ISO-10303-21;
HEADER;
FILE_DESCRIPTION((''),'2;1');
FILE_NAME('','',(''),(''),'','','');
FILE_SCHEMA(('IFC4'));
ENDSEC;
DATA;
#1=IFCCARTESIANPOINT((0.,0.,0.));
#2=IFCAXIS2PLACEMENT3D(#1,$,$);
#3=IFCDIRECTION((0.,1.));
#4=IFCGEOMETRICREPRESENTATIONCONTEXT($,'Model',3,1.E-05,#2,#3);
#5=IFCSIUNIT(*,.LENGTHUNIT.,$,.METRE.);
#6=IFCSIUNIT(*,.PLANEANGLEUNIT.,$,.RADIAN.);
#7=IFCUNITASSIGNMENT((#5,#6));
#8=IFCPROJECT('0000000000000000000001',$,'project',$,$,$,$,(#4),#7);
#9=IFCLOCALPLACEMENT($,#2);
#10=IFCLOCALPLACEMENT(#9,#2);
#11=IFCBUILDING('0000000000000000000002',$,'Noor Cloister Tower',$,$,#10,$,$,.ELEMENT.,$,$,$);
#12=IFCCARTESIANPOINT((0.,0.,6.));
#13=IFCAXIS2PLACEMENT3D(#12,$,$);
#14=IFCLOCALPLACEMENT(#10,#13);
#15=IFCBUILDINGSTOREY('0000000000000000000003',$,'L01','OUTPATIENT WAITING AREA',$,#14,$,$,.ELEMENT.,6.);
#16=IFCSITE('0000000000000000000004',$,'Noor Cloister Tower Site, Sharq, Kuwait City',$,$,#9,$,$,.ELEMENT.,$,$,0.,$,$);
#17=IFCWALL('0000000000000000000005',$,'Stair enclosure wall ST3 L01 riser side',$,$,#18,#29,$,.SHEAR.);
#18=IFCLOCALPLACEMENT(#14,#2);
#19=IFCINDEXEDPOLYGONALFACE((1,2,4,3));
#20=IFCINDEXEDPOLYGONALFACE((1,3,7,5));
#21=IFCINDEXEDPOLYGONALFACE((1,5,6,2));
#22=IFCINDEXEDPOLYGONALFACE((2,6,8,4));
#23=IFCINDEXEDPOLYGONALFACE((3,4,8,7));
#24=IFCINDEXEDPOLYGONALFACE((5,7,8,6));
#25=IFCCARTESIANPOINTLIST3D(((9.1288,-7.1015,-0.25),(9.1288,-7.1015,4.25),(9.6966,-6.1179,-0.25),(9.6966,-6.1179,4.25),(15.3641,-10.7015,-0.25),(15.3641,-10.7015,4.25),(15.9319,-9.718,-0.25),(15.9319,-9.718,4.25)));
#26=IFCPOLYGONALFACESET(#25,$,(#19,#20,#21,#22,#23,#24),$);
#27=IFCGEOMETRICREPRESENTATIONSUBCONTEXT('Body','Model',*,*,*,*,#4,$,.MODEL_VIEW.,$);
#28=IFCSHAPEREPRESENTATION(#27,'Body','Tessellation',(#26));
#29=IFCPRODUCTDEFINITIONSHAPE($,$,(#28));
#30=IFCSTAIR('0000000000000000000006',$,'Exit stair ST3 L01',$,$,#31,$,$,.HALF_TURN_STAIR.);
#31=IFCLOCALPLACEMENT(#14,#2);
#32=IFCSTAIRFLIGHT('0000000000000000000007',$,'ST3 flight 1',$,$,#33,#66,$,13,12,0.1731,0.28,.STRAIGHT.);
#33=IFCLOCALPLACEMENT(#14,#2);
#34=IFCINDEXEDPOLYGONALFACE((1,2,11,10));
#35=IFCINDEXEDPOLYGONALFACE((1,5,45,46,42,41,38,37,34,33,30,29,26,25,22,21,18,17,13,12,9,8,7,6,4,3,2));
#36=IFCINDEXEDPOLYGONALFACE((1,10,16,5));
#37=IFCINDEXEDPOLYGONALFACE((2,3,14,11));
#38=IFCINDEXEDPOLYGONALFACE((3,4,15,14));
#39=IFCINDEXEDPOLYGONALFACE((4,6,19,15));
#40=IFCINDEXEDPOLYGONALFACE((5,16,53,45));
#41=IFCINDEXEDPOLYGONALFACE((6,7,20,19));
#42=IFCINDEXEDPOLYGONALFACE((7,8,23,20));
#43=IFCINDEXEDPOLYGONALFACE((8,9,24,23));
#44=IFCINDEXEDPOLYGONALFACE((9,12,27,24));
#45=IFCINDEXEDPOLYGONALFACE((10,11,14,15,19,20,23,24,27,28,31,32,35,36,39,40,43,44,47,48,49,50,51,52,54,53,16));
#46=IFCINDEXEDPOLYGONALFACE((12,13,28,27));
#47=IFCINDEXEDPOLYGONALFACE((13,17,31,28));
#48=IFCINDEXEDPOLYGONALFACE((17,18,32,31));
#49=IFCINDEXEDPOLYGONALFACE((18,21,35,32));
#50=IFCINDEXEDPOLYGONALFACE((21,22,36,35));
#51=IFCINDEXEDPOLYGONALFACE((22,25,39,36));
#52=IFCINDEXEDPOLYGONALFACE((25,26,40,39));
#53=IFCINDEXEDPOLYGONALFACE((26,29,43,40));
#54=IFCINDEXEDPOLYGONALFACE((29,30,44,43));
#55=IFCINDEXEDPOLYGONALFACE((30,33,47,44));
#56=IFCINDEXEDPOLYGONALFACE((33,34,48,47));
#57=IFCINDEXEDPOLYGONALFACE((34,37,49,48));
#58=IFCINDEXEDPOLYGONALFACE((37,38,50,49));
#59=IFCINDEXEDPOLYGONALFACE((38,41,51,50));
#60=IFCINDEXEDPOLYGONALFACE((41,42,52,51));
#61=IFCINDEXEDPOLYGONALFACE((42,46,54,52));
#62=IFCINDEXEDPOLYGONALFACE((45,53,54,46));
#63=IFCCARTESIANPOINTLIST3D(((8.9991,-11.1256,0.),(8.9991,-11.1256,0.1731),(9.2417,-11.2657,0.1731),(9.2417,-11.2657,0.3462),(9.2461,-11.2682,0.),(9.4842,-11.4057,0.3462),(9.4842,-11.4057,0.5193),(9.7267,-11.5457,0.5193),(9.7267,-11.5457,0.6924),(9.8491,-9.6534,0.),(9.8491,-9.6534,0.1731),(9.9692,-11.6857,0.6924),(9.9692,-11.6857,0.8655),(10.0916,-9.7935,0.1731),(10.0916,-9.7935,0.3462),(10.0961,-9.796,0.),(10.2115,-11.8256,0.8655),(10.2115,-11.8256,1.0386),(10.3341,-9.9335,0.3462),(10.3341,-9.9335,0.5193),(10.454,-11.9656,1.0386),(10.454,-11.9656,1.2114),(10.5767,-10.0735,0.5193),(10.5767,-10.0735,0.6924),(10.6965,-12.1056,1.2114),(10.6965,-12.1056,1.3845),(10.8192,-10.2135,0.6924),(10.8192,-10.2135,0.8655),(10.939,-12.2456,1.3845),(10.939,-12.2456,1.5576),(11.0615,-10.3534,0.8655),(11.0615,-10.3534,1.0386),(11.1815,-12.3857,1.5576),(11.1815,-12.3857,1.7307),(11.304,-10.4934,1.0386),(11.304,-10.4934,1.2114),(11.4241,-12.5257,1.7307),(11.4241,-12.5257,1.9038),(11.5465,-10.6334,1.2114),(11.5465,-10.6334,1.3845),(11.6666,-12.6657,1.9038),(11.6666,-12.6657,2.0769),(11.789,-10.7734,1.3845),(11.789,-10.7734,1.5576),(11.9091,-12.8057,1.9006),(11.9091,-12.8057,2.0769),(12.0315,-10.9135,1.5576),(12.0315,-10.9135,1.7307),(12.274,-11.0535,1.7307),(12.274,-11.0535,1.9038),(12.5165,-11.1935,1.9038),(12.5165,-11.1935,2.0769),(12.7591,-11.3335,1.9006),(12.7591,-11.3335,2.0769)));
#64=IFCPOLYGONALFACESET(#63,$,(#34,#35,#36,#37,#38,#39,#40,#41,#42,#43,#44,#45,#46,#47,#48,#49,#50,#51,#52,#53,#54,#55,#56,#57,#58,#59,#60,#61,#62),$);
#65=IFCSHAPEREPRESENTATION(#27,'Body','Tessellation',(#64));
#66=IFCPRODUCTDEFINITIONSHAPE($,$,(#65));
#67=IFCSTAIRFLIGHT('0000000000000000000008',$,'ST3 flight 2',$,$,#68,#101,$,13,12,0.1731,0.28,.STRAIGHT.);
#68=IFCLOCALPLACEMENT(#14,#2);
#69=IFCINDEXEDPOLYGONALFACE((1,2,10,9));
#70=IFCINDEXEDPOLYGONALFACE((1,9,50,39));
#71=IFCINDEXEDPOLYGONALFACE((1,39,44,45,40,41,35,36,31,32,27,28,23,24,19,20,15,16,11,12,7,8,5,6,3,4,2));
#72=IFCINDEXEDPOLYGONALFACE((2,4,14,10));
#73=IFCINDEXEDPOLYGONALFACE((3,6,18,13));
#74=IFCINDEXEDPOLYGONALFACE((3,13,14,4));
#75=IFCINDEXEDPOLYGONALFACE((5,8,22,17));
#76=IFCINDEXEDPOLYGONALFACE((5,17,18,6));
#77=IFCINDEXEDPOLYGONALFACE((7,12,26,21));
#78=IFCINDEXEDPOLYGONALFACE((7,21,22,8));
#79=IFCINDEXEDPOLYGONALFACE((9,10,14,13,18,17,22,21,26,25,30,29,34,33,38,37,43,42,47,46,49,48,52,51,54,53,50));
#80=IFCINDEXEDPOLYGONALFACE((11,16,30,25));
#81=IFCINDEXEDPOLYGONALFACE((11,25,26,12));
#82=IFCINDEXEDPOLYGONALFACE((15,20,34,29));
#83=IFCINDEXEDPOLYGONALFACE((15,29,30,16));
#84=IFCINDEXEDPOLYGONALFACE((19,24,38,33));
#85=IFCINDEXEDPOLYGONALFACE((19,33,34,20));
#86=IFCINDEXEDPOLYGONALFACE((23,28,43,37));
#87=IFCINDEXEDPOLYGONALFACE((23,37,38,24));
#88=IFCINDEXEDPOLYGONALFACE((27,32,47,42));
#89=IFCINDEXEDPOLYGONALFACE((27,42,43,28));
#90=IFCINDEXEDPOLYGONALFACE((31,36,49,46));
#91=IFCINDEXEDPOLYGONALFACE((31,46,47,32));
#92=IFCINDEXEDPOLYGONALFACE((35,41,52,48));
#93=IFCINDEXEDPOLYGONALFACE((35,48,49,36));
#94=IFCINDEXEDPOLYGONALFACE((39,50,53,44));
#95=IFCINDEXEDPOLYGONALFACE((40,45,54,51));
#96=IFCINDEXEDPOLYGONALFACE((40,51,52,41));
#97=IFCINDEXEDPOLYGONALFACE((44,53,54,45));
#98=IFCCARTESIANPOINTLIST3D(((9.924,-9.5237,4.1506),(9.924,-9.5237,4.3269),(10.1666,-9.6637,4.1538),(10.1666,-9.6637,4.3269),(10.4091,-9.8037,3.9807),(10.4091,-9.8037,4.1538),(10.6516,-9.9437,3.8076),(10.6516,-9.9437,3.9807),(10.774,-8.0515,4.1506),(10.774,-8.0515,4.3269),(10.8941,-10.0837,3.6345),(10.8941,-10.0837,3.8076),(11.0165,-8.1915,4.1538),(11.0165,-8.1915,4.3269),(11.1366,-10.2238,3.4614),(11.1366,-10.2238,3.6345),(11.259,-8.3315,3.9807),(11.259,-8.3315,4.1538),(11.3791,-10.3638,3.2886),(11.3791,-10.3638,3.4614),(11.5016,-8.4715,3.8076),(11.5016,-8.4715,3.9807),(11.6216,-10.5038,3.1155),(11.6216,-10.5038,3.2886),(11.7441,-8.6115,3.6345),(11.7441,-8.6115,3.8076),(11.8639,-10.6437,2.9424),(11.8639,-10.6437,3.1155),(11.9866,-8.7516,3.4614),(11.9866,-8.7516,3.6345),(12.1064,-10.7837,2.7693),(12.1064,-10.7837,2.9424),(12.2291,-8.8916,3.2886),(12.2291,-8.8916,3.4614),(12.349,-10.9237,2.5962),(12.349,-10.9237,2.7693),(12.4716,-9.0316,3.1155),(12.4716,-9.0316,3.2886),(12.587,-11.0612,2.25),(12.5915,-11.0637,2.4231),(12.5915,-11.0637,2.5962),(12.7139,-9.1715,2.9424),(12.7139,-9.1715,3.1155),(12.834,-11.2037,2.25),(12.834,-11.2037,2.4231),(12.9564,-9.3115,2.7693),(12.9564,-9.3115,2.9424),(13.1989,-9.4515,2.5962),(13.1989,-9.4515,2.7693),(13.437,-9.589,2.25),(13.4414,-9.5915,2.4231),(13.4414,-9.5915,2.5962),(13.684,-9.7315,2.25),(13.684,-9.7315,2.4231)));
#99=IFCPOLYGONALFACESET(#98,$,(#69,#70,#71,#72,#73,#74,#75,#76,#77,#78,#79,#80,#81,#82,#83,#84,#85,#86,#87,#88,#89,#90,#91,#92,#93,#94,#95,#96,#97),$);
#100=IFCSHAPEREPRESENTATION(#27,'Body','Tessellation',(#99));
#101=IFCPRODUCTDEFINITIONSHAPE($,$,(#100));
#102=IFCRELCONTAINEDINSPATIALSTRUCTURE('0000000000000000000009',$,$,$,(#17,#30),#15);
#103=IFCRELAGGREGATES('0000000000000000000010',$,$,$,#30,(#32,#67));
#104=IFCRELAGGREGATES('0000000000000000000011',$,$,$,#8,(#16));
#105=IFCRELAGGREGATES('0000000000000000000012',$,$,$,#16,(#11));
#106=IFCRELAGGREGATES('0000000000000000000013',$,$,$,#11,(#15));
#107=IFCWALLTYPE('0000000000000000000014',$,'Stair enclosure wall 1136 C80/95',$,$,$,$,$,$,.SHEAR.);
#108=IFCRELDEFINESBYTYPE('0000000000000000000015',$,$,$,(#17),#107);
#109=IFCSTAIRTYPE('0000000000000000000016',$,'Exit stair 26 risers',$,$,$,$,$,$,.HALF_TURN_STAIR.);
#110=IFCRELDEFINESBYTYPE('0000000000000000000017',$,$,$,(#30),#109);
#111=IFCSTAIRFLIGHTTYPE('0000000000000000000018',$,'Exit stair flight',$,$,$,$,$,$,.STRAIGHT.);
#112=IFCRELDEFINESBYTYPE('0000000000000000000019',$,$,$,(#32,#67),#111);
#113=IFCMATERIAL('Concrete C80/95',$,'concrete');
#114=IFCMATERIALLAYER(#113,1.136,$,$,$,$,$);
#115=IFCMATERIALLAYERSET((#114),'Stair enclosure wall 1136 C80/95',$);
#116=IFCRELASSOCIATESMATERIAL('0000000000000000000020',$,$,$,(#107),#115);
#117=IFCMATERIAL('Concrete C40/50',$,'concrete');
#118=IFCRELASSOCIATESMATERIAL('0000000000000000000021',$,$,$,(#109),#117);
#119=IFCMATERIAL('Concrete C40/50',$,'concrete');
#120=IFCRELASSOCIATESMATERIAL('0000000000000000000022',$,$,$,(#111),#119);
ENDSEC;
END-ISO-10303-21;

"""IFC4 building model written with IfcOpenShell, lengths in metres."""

from ifc_helpers import new_model, si_unit, direction, frame, frame_2d, origin, place, context, subcontext, project, spatial, polyline, rectangle, outline, extrude, material, layer, layer_set, type_object, element, aggregate, save


model = new_model("IFC4")

# Units and contexts
model_context = context("Model", 3, precision=1e-05, world=origin(), true_north=direction((0.0, 1.0)))
body_context = subcontext(model_context, "Body", "Model", "MODEL_VIEW")
ifc_project = project(units=[si_unit("LENGTHUNIT", "METRE"), si_unit("PLANEANGLEUNIT", "RADIAN")], contexts=[model_context])

# Site, building, storey
site_placement = place(None, origin())
site = spatial("IfcSite", under=ifc_project, at=site_placement, Name="Noor Cloister Tower Site, Sharq, Kuwait City", CompositionType="ELEMENT", RefElevation=0.0)
building_placement = place(site_placement, origin())
building = spatial("IfcBuilding", under=site, at=building_placement, Name="Noor Cloister Tower", CompositionType="ELEMENT")
storey_placement = place(building_placement, frame((0.0, 0.0, 6.0)))
storey = spatial("IfcBuildingStorey", under=building, at=storey_placement, Name="L01", Description="OUTPATIENT WAITING AREA", CompositionType="ELEMENT", Elevation=6.0)

# Wall
ifc_material_1 = material(Name="Concrete C80/95", Category="concrete")
ifc_layer_1 = layer(ifc_material_1, 1.136)
ifc_layer_set_1 = layer_set([ifc_layer_1], Name="Stair enclosure wall 1136 C80/95")
wall_type_1 = type_object("IfcWallType", Name="Stair enclosure wall 1136 C80/95", PredefinedType="SHEAR", material=ifc_layer_set_1)
wall_1_placement = place(storey_placement, frame((9.4126, -6.6096, -0.25), z_axis=(0.0, 0.0, 1.0), x_axis=(0.866018, -0.500012, 0.0)))
element("IfcWall", 1, at=wall_1_placement, inside=storey, type_object=wall_type_1, Name="Stair enclosure wall ST3 L01 riser side", PredefinedType="SHEAR", context=body_context, shape_type="SweptSolid", body=[
    extrude(rectangle(XDim=7.2, YDim=1.1357, at=frame_2d((3.6001, 0.0))), origin(), (0.0, 0.0, 1.0), 4.5),
])

# Stair, stair flights
ifc_material_2 = material(Name="Concrete C40/50", Category="concrete")
stair_type = type_object("IfcStairType", Name="Exit stair 26 risers", PredefinedType="HALF_TURN_STAIR", material=ifc_material_2)
stair_placement = place(storey_placement, origin())
stair = element("IfcStair", 2, at=stair_placement, inside=storey, type_object=stair_type, Name="Exit stair ST3 L01", PredefinedType="HALF_TURN_STAIR")
ifc_material_3 = material(Name="Concrete C40/50", Category="concrete")
stair_flight_type = type_object("IfcStairFlightType", Name="Exit stair flight", PredefinedType="STRAIGHT", material=ifc_material_3)
stair_flight_1_placement = place(storey_placement, frame((9.4241, -10.3896, 0.0), z_axis=(0.0, 0.0, 1.0), x_axis=(0.866025, -0.5, 0.0)))
stair_flight_1 = element("IfcStairFlight", 3, at=stair_flight_1_placement, type_object=stair_flight_type, Name="ST3 flight 1", NumberOfRisers=13, NumberOfTreads=12, PredefinedType="STRAIGHT", RiserHeight=0.1731, TreadLength=0.28, context=body_context, shape_type="SweptSolid", body=[
    extrude(outline(polyline([(0.0, 0.0), (0.0, 0.1731), (0.28, 0.1731), (0.28, 0.3462), (0.5601, 0.3462), (0.5601, 0.5193), (0.8401, 0.5193), (0.8401, 0.6924), (1.1201, 0.6924), (1.1201, 0.8655), (1.3999, 0.8655), (1.3999, 1.0386), (1.6799, 1.0386), (1.6799, 1.2114), (1.96, 1.2114), (1.96, 1.3845), (2.24, 1.3845), (2.24, 1.5576), (2.52, 1.5576), (2.52, 1.7307), (2.8, 1.7307), (2.8, 1.9038), (3.0801, 1.9038), (3.0801, 2.0769), (3.3601, 2.0769), (3.3601, 2.25), (3.3601, 1.9006), (0.2852, 0.0), (0.0, 0.0)])), frame((0.0, 0.8501, 0.0), z_axis=(0.0, -1.0, 0.0), x_axis=(1.0, 0.0, 0.0)), (0.0, 0.0, 1.0), 1.7),
])
stair_flight_2_placement = place(storey_placement, frame((13.259, -10.4675, 2.25), z_axis=(0.0, 0.0, 1.0), x_axis=(-0.866025, 0.5, 0.0)))
stair_flight_2 = element("IfcStairFlight", 4, at=stair_flight_2_placement, type_object=stair_flight_type, Name="ST3 flight 2", NumberOfRisers=13, NumberOfTreads=12, PredefinedType="STRAIGHT", RiserHeight=0.1731, TreadLength=0.28, context=body_context, shape_type="SweptSolid", body=[
    extrude(outline(polyline([(0.0, 0.0), (0.0, 0.1731), (0.28, 0.1731), (0.28, 0.3462), (0.5601, 0.3462), (0.5601, 0.5193), (0.8401, 0.5193), (0.8401, 0.6924), (1.1201, 0.6924), (1.1201, 0.8655), (1.3999, 0.8655), (1.3999, 1.0386), (1.6799, 1.0386), (1.6799, 1.2114), (1.96, 1.2114), (1.96, 1.3845), (2.24, 1.3845), (2.24, 1.5576), (2.52, 1.5576), (2.52, 1.7307), (2.8, 1.7307), (2.8, 1.9038), (3.0801, 1.9038), (3.0801, 2.0769), (3.3601, 2.0769), (3.3601, 2.25), (3.3601, 1.9006), (0.2852, 0.0), (0.0, 0.0)])), frame((0.0, 0.8501, 0.0), z_axis=(0.0, -1.0, 0.0), x_axis=(1.0, 0.0, 0.0)), (0.0, 0.0, 1.0), 1.7),
])
aggregate(stair, [stair_flight_1, stair_flight_2])

save(model, "model.ifc")
